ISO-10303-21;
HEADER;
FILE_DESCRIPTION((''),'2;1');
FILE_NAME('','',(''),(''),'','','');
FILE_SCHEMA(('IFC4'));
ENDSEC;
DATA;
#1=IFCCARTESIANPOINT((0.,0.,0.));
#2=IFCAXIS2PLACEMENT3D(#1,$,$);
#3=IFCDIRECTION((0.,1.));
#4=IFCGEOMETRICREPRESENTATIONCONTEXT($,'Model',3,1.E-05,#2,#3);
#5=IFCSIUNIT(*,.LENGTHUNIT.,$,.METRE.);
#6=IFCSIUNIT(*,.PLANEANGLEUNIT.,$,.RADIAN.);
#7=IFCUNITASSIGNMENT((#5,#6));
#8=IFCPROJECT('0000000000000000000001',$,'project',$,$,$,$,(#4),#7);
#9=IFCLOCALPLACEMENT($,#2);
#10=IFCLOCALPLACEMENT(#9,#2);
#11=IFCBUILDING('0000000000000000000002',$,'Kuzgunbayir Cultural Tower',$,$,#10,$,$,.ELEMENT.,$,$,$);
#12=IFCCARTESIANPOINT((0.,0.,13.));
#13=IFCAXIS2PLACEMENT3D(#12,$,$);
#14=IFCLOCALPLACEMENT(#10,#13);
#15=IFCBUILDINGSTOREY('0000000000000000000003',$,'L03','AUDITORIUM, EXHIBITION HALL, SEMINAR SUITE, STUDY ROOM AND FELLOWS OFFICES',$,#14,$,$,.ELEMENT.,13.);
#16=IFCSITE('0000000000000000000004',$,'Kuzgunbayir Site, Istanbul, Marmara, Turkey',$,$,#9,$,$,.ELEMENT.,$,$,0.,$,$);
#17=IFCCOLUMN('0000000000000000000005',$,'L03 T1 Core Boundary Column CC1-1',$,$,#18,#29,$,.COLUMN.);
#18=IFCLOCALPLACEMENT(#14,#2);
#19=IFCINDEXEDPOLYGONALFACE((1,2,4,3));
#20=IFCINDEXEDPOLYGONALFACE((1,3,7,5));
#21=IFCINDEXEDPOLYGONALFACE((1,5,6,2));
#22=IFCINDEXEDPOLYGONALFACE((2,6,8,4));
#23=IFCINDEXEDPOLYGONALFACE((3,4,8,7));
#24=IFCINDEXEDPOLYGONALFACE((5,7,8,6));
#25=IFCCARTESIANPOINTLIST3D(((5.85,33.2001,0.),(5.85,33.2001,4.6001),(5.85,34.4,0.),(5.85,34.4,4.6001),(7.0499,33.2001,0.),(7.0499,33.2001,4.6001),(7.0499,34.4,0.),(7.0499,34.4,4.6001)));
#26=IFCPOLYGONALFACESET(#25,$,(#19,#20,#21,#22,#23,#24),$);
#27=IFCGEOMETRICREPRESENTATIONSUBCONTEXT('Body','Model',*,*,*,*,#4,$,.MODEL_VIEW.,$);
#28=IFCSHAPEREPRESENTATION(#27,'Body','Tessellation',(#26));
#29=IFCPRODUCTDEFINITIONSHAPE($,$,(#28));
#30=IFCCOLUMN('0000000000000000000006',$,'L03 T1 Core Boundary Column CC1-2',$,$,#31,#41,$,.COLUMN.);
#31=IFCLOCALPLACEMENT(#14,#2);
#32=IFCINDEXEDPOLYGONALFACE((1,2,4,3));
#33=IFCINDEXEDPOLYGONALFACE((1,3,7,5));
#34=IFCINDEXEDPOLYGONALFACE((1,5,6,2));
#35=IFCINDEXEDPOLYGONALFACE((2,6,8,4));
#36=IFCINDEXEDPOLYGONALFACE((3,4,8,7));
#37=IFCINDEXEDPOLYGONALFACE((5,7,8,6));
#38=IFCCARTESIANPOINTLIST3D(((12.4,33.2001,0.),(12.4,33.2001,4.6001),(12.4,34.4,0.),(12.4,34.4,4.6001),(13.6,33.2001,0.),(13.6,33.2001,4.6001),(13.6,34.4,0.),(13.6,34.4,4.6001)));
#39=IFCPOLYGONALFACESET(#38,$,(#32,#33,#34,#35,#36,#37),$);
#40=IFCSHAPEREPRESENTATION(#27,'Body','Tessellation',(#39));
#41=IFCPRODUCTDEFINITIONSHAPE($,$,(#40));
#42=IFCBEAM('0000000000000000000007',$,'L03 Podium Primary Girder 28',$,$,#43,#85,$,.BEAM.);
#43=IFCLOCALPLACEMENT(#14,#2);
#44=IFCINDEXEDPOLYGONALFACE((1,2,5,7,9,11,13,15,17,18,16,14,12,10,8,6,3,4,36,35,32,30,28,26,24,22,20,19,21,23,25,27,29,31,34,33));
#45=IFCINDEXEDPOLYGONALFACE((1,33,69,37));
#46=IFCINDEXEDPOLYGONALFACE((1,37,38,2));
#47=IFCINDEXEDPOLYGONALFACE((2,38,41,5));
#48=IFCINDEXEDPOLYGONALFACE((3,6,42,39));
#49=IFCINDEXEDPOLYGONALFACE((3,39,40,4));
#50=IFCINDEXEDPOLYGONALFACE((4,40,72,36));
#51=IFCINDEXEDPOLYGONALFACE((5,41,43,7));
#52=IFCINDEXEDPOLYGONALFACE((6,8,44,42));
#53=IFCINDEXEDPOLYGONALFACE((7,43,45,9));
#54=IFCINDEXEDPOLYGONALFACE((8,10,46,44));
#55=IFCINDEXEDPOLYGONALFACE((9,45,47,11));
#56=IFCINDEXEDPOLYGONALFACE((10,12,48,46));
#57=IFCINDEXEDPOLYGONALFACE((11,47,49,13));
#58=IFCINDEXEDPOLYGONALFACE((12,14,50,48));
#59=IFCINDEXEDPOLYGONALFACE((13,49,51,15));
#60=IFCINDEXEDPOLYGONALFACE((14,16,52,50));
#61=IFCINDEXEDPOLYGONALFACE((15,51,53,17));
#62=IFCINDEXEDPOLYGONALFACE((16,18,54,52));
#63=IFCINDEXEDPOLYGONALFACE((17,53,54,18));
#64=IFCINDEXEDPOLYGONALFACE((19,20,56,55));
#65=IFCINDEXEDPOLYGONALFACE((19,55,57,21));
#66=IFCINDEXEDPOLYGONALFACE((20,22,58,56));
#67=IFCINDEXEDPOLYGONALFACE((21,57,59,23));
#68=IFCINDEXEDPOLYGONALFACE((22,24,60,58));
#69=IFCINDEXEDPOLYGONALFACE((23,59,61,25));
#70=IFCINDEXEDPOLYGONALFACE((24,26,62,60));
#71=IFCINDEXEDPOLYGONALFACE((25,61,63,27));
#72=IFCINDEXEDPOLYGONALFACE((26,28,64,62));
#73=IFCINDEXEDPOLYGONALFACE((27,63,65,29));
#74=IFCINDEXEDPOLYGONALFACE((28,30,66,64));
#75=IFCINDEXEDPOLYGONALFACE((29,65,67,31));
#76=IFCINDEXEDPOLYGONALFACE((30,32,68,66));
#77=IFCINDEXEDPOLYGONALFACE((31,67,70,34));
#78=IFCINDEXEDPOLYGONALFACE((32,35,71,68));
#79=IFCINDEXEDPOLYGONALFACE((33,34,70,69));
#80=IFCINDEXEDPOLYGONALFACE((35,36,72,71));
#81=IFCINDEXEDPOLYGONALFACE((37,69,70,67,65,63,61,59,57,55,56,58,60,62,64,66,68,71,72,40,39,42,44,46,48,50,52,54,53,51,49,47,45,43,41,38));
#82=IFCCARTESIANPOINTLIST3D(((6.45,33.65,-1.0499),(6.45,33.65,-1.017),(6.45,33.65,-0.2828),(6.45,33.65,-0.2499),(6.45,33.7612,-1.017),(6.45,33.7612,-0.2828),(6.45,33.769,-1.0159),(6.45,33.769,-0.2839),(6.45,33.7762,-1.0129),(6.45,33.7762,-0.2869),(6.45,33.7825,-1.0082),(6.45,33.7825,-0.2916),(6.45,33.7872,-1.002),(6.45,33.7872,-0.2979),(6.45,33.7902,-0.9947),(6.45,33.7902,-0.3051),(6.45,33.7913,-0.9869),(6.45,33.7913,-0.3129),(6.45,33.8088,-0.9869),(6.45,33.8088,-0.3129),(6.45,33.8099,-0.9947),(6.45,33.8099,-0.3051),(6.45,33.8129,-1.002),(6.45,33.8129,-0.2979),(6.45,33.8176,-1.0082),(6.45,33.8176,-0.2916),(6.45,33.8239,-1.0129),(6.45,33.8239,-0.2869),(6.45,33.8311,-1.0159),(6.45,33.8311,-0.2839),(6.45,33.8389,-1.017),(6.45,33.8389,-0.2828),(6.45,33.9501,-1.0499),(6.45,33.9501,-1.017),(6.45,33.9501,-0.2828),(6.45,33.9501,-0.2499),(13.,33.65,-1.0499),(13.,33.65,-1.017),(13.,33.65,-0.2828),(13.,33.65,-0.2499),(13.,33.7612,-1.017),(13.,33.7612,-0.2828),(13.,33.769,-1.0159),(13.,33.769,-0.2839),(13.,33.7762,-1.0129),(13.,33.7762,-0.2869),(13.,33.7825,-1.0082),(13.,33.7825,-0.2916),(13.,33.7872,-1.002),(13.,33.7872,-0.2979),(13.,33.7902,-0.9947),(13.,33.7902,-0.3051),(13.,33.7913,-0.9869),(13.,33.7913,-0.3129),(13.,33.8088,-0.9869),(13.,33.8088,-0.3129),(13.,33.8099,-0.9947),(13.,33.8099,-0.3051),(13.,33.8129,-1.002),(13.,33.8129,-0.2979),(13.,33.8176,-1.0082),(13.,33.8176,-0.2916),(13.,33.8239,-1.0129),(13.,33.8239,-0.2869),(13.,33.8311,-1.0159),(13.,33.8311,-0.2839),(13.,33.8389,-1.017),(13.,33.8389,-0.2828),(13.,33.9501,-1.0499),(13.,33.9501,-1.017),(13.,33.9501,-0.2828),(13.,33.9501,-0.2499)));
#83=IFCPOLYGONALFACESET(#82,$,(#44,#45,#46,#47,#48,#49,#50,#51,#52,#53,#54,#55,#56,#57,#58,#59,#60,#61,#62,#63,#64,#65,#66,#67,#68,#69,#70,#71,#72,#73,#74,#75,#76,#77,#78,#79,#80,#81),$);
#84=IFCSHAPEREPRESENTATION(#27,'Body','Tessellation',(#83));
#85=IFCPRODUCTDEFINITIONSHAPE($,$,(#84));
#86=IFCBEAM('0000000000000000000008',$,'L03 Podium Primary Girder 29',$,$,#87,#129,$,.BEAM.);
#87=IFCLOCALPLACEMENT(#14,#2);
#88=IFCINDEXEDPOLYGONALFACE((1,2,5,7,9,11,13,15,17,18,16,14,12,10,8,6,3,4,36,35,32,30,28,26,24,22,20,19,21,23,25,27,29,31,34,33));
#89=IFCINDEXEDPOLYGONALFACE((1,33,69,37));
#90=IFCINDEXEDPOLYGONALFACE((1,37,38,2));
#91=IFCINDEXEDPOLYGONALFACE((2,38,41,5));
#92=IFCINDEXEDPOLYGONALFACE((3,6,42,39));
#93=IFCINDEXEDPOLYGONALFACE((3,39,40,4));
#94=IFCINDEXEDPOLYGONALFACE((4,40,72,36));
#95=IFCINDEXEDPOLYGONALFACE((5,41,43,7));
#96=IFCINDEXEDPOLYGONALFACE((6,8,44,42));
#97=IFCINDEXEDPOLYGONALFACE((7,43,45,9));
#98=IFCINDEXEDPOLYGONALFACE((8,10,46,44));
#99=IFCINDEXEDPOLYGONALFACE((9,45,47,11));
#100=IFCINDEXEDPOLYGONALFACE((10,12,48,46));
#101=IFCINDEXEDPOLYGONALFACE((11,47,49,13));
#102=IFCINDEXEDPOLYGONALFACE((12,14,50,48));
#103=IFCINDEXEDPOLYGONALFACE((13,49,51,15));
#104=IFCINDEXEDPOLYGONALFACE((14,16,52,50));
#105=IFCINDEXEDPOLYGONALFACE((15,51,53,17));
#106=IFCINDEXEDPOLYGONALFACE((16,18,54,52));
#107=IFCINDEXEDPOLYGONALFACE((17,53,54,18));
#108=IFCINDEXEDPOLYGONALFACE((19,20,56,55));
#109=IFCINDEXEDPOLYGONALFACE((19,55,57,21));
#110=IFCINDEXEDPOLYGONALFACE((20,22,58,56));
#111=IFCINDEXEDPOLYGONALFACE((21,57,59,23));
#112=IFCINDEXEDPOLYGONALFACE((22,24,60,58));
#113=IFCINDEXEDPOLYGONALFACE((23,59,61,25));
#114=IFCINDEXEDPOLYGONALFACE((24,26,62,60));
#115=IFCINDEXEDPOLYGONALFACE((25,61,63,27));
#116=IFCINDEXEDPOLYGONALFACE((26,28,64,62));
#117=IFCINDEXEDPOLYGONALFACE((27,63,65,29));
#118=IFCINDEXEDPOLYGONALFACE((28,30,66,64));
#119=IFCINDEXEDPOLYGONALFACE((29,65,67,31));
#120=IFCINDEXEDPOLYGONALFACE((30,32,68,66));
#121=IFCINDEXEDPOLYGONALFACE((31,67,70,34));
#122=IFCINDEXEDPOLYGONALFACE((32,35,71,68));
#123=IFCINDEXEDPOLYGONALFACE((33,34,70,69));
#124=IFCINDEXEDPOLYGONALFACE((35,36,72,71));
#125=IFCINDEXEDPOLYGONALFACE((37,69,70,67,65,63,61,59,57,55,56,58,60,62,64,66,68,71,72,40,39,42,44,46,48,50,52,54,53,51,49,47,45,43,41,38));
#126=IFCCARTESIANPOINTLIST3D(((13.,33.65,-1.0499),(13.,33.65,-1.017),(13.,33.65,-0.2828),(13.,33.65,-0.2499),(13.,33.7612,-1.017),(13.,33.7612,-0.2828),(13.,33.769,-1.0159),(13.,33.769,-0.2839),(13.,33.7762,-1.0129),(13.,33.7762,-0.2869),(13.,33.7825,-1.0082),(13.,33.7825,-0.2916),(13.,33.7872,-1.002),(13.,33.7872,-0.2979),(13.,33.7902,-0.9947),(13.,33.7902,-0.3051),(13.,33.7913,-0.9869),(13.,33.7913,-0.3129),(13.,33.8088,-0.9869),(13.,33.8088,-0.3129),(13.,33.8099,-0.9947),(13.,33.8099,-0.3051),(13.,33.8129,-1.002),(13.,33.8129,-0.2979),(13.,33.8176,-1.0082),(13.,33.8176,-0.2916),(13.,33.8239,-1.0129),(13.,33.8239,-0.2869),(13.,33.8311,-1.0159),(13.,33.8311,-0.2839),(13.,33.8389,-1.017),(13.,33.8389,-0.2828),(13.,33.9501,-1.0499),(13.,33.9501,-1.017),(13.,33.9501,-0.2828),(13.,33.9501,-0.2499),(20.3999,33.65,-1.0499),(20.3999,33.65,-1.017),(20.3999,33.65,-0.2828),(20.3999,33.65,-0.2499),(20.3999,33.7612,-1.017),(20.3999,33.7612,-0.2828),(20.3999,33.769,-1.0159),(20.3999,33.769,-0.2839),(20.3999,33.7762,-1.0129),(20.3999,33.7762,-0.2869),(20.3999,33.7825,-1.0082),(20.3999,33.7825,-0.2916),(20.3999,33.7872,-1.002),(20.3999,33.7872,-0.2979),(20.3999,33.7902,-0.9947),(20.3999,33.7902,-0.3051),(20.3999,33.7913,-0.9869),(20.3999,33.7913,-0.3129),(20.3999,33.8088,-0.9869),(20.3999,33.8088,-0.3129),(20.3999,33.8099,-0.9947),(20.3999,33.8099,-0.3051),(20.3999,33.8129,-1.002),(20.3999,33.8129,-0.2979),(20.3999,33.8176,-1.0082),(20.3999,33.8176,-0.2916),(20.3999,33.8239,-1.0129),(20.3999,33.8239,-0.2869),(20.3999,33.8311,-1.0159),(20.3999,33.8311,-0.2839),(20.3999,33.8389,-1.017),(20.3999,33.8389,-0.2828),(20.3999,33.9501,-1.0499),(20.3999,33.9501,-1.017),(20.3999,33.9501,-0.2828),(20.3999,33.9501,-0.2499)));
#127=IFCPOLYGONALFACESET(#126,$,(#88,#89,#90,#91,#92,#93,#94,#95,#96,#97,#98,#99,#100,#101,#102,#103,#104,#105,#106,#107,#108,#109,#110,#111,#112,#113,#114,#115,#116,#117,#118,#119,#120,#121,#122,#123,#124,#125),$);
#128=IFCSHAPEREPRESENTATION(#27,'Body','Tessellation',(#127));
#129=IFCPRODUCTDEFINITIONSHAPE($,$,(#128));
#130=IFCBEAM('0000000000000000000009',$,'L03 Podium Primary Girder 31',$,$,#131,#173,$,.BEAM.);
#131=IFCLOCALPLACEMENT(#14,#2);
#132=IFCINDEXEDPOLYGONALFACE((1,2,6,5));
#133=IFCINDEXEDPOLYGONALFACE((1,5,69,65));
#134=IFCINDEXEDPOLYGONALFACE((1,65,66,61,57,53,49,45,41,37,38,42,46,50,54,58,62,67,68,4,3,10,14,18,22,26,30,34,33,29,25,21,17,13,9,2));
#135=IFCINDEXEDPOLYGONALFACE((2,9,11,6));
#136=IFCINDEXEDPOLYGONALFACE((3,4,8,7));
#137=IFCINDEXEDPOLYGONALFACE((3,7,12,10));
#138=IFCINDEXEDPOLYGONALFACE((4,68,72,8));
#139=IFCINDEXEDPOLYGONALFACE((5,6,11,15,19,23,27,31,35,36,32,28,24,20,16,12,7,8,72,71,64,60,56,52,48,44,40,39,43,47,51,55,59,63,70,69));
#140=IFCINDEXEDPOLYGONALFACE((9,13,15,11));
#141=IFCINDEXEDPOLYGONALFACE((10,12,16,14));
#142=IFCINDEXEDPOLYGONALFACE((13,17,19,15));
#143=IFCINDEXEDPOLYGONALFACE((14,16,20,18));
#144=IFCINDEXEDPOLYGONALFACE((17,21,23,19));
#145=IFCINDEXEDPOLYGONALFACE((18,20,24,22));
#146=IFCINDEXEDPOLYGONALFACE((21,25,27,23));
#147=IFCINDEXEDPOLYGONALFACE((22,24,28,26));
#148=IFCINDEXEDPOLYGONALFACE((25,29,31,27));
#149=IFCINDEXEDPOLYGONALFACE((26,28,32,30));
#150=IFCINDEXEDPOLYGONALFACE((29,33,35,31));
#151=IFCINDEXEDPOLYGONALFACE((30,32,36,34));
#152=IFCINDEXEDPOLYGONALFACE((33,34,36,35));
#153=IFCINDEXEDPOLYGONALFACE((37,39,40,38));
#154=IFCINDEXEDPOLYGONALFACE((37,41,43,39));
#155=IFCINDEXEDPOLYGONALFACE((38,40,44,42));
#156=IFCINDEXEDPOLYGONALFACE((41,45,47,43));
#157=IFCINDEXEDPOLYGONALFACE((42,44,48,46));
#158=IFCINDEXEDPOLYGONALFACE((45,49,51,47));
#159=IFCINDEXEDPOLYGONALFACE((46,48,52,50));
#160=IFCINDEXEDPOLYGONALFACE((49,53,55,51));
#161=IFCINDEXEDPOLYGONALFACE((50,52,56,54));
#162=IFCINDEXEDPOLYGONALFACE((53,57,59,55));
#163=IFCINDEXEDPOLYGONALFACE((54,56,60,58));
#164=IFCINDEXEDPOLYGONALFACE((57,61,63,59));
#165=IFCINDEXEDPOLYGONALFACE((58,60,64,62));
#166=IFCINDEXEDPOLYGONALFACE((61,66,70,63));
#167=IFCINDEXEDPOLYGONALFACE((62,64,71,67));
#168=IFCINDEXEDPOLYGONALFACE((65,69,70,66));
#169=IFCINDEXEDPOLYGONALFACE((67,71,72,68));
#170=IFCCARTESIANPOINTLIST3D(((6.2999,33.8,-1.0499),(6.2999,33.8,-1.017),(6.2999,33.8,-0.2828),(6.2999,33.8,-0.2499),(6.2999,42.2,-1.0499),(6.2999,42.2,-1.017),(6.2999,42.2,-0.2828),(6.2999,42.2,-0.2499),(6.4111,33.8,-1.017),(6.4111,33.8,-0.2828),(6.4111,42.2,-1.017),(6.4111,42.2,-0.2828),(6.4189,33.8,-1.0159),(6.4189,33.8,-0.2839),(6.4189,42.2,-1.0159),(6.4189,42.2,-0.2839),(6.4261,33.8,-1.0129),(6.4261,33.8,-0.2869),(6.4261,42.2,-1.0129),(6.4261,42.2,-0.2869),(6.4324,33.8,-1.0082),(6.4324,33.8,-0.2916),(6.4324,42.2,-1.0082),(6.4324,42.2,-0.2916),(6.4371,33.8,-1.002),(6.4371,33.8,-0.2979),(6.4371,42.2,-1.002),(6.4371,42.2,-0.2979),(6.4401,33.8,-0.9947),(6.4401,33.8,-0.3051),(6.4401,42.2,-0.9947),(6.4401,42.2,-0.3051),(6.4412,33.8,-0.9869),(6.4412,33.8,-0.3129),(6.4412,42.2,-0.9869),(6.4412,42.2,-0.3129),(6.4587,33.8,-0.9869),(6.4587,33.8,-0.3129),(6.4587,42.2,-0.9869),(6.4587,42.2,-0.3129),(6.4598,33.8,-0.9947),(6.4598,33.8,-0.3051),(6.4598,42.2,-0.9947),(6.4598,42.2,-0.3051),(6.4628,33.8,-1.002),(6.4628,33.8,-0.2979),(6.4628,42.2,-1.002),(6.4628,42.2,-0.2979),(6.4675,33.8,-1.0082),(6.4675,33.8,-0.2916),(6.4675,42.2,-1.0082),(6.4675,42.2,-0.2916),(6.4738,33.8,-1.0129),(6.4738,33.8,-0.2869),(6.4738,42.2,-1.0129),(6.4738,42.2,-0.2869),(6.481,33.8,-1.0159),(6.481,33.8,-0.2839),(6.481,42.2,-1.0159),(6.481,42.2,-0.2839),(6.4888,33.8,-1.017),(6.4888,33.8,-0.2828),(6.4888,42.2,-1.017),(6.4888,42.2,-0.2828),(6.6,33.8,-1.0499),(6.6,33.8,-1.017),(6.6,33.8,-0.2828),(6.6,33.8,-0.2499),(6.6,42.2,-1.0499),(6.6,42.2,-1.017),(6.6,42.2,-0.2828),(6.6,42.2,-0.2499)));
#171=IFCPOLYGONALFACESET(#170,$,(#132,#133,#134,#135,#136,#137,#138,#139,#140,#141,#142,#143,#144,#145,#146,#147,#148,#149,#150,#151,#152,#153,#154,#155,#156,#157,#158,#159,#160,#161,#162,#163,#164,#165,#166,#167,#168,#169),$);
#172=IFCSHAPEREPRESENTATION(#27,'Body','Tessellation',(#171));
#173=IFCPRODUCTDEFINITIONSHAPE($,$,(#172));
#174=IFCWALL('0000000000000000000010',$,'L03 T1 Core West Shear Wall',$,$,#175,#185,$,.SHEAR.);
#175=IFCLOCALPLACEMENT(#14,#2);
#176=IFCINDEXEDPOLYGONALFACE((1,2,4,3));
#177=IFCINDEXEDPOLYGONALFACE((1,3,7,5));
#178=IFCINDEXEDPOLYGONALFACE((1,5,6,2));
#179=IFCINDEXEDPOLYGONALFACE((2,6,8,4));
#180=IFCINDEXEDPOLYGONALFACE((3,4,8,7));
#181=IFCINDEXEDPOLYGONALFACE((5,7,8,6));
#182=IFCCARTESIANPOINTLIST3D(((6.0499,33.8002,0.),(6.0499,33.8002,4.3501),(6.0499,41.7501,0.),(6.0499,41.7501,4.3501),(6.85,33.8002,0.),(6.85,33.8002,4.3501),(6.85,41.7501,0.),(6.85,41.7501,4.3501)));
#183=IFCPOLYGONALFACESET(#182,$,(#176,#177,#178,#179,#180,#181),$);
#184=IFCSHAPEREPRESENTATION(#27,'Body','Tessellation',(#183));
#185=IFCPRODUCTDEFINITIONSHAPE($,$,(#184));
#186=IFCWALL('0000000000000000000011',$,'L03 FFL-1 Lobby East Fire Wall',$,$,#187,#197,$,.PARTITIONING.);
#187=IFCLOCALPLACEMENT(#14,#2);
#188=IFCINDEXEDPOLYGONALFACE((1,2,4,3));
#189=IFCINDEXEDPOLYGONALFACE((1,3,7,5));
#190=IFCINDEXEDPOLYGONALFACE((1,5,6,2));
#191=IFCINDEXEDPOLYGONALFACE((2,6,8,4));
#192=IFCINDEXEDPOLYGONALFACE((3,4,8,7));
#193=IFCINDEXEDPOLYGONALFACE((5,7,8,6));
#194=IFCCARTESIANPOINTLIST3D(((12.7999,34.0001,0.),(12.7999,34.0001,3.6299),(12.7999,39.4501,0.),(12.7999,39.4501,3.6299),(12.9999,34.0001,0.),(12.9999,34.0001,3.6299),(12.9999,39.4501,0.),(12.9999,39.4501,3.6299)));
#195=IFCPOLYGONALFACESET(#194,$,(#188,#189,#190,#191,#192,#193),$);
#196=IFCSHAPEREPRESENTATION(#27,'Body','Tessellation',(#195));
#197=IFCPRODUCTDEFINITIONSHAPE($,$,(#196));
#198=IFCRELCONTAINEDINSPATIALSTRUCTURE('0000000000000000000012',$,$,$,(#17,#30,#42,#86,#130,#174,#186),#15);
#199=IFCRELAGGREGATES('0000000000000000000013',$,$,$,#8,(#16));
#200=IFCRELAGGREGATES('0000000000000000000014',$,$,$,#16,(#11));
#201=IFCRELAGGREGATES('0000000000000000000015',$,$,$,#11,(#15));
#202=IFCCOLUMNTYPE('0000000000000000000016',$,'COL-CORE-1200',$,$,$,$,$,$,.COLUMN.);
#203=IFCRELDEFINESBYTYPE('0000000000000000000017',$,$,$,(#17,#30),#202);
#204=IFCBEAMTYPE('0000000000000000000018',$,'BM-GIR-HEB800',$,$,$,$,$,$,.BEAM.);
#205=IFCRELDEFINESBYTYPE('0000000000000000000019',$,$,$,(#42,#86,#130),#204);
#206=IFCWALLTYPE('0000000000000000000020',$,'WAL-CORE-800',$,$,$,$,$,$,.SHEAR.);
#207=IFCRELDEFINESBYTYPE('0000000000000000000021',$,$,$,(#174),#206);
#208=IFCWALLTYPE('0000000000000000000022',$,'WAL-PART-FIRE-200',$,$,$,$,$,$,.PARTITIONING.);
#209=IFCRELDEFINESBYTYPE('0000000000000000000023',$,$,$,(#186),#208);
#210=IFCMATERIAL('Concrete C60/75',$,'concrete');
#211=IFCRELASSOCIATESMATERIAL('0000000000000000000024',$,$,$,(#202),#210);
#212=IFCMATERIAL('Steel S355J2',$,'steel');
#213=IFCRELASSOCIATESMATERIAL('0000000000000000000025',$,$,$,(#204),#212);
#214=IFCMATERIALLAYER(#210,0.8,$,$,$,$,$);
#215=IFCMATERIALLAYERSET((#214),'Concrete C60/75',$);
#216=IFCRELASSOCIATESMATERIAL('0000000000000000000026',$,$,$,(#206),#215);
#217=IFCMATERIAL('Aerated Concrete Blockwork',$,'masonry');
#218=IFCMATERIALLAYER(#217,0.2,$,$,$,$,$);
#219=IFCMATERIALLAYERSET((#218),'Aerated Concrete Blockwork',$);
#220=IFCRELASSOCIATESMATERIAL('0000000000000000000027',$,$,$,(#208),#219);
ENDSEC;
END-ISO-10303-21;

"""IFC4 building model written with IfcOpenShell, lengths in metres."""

from ifc_helpers import new_model, si_unit, direction, frame, frame_2d, origin, origin_2d, place, context, subcontext, project, spatial, rectangle, i_section, extrude, material, layer, layer_set, material_profile, profile_set, type_object, element, save


model = new_model("IFC4")

# Units and contexts
model_context = context("Model", 3, precision=1e-05, world=origin(), true_north=direction((0.0, 1.0)))
body_context = subcontext(model_context, "Body", "Model", "MODEL_VIEW")
ifc_project = project(units=[si_unit("LENGTHUNIT", "METRE"), si_unit("PLANEANGLEUNIT", "RADIAN")], contexts=[model_context])

# Site, building, storey
site_placement = place(None, origin())
site = spatial("IfcSite", under=ifc_project, at=site_placement, Name="Kuzgunbayir Site, Istanbul, Marmara, Turkey", CompositionType="ELEMENT", RefElevation=0.0)
building_placement = place(site_placement, origin())
building = spatial("IfcBuilding", under=site, at=building_placement, Name="Kuzgunbayir Cultural Tower", CompositionType="ELEMENT")
storey_placement = place(building_placement, frame((0.0, 0.0, 13.0)))
storey = spatial("IfcBuildingStorey", under=building, at=storey_placement, Name="L03", Description="AUDITORIUM, EXHIBITION HALL, SEMINAR SUITE, STUDY ROOM AND FELLOWS OFFICES", CompositionType="ELEMENT", Elevation=13.0)

# Columns
ifc_material_1 = material(Name="Concrete C60/75", Category="concrete")
ifc_material_profile_1 = material_profile(ifc_material_1, rectangle(XDim=1.2, YDim=1.2, at=origin_2d()), Name="RC 1200x1200")
ifc_profile_set_1 = profile_set([ifc_material_profile_1], Name="Concrete C60/75")
column_type = type_object("IfcColumnType", Name="COL-CORE-1200", PredefinedType="COLUMN", material=ifc_profile_set_1)
for number, where, z_axis, x_axis, name in (
    (1, (6.45, 33.8, 0.0), (0.0, 0.0, 1.0), (1.0, 0.0, 0.0), "L03 T1 Core Boundary Column CC1-1"),
    (2, (13.0, 33.8, 0.0), (0.0, 0.0, 1.0), (1.0, 0.0, 0.0), "L03 T1 Core Boundary Column CC1-2"),
):
    element("IfcColumn", number, at=place(storey_placement, frame(where, z_axis=z_axis, x_axis=x_axis)), inside=storey, type_object=column_type, Name=name, PredefinedType="COLUMN", context=body_context, shape_type="SweptSolid", body=[
        extrude(rectangle(XDim=1.2, YDim=1.2, at=origin_2d()), origin(), (0.0, 0.0, 1.0), 4.6001),
    ])

# Beams
ifc_material_2 = material(Name="Steel S355J2", Category="steel")
ifc_material_profile_2 = material_profile(ifc_material_2, i_section(OverallWidth=0.3, OverallDepth=0.8, WebThickness=0.0176, FlangeThickness=0.033, FilletRadius=0.03, at=origin_2d()), Name="HEB 800")
ifc_profile_set_2 = profile_set([ifc_material_profile_2], Name="Steel S355J2")
beam_type = type_object("IfcBeamType", Name="BM-GIR-HEB800", PredefinedType="BEAM", material=ifc_profile_set_2)
beam_1_placement = place(storey_placement, frame((6.45, 33.8, -0.6499), z_axis=(1.0, 0.0, 0.0), x_axis=(0.0, 1.0, 0.0)))
element("IfcBeam", 3, at=beam_1_placement, inside=storey, type_object=beam_type, Name="L03 Podium Primary Girder 28", PredefinedType="BEAM", context=body_context, shape_type="SweptSolid", body=[
    extrude(i_section(OverallWidth=0.3, OverallDepth=0.8, WebThickness=0.0176, FlangeThickness=0.033, FilletRadius=0.03, at=origin_2d()), origin(), (0.0, 0.0, 1.0), 6.55),
])
beam_2_placement = place(storey_placement, frame((13.0, 33.8, -0.6499), z_axis=(1.0, 0.0, 0.0), x_axis=(0.0, 1.0, 0.0)))
element("IfcBeam", 4, at=beam_2_placement, inside=storey, type_object=beam_type, Name="L03 Podium Primary Girder 29", PredefinedType="BEAM", context=body_context, shape_type="SweptSolid", body=[
    extrude(i_section(OverallWidth=0.3, OverallDepth=0.8, WebThickness=0.0176, FlangeThickness=0.033, FilletRadius=0.03, at=origin_2d()), origin(), (0.0, 0.0, 1.0), 7.3999),
])
beam_3_placement = place(storey_placement, frame((6.45, 33.8, -0.6499), z_axis=(0.0, 1.0, 0.0), x_axis=(-1.0, 0.0, 0.0)))
element("IfcBeam", 5, at=beam_3_placement, inside=storey, type_object=beam_type, Name="L03 Podium Primary Girder 31", PredefinedType="BEAM", context=body_context, shape_type="SweptSolid", body=[
    extrude(i_section(OverallWidth=0.3, OverallDepth=0.8, WebThickness=0.0176, FlangeThickness=0.033, FilletRadius=0.03, at=origin_2d()), origin(), (0.0, 0.0, 1.0), 8.3999),
])

# Walls
ifc_layer_1 = layer(ifc_material_1, 0.8)
ifc_layer_set_1 = layer_set([ifc_layer_1], Name="Concrete C60/75")
wall_type_1 = type_object("IfcWallType", Name="WAL-CORE-800", PredefinedType="SHEAR", material=ifc_layer_set_1)
wall_1_placement = place(storey_placement, frame((6.45, 33.8, 0.0), z_axis=(0.0, 0.0, 1.0), x_axis=(0.0, 1.0, 0.0)))
element("IfcWall", 6, at=wall_1_placement, inside=storey, type_object=wall_type_1, Name="L03 T1 Core West Shear Wall", PredefinedType="SHEAR", context=body_context, shape_type="SweptSolid", body=[
    extrude(rectangle(XDim=7.95, YDim=0.8, at=frame_2d((3.9751, 0.0))), origin(), (0.0, 0.0, 1.0), 4.3501),
])
ifc_material_3 = material(Name="Aerated Concrete Blockwork", Category="masonry")
ifc_layer_2 = layer(ifc_material_3, 0.2)
ifc_layer_set_2 = layer_set([ifc_layer_2], Name="Aerated Concrete Blockwork")
wall_type_2 = type_object("IfcWallType", Name="WAL-PART-FIRE-200", PredefinedType="PARTITIONING", material=ifc_layer_set_2)
wall_2_placement = place(storey_placement, frame((12.8999, 34.0, 0.0), z_axis=(0.0, 0.0, 1.0), x_axis=(0.0, 1.0, 0.0)))
element("IfcWall", 7, at=wall_2_placement, inside=storey, type_object=wall_type_2, Name="L03 FFL-1 Lobby East Fire Wall", PredefinedType="PARTITIONING", context=body_context, shape_type="SweptSolid", body=[
    extrude(rectangle(XDim=5.45, YDim=0.2, at=frame_2d((2.7251, 0.0))), origin(), (0.0, 0.0, 1.0), 3.6299),
])

save(model, "model.ifc")
